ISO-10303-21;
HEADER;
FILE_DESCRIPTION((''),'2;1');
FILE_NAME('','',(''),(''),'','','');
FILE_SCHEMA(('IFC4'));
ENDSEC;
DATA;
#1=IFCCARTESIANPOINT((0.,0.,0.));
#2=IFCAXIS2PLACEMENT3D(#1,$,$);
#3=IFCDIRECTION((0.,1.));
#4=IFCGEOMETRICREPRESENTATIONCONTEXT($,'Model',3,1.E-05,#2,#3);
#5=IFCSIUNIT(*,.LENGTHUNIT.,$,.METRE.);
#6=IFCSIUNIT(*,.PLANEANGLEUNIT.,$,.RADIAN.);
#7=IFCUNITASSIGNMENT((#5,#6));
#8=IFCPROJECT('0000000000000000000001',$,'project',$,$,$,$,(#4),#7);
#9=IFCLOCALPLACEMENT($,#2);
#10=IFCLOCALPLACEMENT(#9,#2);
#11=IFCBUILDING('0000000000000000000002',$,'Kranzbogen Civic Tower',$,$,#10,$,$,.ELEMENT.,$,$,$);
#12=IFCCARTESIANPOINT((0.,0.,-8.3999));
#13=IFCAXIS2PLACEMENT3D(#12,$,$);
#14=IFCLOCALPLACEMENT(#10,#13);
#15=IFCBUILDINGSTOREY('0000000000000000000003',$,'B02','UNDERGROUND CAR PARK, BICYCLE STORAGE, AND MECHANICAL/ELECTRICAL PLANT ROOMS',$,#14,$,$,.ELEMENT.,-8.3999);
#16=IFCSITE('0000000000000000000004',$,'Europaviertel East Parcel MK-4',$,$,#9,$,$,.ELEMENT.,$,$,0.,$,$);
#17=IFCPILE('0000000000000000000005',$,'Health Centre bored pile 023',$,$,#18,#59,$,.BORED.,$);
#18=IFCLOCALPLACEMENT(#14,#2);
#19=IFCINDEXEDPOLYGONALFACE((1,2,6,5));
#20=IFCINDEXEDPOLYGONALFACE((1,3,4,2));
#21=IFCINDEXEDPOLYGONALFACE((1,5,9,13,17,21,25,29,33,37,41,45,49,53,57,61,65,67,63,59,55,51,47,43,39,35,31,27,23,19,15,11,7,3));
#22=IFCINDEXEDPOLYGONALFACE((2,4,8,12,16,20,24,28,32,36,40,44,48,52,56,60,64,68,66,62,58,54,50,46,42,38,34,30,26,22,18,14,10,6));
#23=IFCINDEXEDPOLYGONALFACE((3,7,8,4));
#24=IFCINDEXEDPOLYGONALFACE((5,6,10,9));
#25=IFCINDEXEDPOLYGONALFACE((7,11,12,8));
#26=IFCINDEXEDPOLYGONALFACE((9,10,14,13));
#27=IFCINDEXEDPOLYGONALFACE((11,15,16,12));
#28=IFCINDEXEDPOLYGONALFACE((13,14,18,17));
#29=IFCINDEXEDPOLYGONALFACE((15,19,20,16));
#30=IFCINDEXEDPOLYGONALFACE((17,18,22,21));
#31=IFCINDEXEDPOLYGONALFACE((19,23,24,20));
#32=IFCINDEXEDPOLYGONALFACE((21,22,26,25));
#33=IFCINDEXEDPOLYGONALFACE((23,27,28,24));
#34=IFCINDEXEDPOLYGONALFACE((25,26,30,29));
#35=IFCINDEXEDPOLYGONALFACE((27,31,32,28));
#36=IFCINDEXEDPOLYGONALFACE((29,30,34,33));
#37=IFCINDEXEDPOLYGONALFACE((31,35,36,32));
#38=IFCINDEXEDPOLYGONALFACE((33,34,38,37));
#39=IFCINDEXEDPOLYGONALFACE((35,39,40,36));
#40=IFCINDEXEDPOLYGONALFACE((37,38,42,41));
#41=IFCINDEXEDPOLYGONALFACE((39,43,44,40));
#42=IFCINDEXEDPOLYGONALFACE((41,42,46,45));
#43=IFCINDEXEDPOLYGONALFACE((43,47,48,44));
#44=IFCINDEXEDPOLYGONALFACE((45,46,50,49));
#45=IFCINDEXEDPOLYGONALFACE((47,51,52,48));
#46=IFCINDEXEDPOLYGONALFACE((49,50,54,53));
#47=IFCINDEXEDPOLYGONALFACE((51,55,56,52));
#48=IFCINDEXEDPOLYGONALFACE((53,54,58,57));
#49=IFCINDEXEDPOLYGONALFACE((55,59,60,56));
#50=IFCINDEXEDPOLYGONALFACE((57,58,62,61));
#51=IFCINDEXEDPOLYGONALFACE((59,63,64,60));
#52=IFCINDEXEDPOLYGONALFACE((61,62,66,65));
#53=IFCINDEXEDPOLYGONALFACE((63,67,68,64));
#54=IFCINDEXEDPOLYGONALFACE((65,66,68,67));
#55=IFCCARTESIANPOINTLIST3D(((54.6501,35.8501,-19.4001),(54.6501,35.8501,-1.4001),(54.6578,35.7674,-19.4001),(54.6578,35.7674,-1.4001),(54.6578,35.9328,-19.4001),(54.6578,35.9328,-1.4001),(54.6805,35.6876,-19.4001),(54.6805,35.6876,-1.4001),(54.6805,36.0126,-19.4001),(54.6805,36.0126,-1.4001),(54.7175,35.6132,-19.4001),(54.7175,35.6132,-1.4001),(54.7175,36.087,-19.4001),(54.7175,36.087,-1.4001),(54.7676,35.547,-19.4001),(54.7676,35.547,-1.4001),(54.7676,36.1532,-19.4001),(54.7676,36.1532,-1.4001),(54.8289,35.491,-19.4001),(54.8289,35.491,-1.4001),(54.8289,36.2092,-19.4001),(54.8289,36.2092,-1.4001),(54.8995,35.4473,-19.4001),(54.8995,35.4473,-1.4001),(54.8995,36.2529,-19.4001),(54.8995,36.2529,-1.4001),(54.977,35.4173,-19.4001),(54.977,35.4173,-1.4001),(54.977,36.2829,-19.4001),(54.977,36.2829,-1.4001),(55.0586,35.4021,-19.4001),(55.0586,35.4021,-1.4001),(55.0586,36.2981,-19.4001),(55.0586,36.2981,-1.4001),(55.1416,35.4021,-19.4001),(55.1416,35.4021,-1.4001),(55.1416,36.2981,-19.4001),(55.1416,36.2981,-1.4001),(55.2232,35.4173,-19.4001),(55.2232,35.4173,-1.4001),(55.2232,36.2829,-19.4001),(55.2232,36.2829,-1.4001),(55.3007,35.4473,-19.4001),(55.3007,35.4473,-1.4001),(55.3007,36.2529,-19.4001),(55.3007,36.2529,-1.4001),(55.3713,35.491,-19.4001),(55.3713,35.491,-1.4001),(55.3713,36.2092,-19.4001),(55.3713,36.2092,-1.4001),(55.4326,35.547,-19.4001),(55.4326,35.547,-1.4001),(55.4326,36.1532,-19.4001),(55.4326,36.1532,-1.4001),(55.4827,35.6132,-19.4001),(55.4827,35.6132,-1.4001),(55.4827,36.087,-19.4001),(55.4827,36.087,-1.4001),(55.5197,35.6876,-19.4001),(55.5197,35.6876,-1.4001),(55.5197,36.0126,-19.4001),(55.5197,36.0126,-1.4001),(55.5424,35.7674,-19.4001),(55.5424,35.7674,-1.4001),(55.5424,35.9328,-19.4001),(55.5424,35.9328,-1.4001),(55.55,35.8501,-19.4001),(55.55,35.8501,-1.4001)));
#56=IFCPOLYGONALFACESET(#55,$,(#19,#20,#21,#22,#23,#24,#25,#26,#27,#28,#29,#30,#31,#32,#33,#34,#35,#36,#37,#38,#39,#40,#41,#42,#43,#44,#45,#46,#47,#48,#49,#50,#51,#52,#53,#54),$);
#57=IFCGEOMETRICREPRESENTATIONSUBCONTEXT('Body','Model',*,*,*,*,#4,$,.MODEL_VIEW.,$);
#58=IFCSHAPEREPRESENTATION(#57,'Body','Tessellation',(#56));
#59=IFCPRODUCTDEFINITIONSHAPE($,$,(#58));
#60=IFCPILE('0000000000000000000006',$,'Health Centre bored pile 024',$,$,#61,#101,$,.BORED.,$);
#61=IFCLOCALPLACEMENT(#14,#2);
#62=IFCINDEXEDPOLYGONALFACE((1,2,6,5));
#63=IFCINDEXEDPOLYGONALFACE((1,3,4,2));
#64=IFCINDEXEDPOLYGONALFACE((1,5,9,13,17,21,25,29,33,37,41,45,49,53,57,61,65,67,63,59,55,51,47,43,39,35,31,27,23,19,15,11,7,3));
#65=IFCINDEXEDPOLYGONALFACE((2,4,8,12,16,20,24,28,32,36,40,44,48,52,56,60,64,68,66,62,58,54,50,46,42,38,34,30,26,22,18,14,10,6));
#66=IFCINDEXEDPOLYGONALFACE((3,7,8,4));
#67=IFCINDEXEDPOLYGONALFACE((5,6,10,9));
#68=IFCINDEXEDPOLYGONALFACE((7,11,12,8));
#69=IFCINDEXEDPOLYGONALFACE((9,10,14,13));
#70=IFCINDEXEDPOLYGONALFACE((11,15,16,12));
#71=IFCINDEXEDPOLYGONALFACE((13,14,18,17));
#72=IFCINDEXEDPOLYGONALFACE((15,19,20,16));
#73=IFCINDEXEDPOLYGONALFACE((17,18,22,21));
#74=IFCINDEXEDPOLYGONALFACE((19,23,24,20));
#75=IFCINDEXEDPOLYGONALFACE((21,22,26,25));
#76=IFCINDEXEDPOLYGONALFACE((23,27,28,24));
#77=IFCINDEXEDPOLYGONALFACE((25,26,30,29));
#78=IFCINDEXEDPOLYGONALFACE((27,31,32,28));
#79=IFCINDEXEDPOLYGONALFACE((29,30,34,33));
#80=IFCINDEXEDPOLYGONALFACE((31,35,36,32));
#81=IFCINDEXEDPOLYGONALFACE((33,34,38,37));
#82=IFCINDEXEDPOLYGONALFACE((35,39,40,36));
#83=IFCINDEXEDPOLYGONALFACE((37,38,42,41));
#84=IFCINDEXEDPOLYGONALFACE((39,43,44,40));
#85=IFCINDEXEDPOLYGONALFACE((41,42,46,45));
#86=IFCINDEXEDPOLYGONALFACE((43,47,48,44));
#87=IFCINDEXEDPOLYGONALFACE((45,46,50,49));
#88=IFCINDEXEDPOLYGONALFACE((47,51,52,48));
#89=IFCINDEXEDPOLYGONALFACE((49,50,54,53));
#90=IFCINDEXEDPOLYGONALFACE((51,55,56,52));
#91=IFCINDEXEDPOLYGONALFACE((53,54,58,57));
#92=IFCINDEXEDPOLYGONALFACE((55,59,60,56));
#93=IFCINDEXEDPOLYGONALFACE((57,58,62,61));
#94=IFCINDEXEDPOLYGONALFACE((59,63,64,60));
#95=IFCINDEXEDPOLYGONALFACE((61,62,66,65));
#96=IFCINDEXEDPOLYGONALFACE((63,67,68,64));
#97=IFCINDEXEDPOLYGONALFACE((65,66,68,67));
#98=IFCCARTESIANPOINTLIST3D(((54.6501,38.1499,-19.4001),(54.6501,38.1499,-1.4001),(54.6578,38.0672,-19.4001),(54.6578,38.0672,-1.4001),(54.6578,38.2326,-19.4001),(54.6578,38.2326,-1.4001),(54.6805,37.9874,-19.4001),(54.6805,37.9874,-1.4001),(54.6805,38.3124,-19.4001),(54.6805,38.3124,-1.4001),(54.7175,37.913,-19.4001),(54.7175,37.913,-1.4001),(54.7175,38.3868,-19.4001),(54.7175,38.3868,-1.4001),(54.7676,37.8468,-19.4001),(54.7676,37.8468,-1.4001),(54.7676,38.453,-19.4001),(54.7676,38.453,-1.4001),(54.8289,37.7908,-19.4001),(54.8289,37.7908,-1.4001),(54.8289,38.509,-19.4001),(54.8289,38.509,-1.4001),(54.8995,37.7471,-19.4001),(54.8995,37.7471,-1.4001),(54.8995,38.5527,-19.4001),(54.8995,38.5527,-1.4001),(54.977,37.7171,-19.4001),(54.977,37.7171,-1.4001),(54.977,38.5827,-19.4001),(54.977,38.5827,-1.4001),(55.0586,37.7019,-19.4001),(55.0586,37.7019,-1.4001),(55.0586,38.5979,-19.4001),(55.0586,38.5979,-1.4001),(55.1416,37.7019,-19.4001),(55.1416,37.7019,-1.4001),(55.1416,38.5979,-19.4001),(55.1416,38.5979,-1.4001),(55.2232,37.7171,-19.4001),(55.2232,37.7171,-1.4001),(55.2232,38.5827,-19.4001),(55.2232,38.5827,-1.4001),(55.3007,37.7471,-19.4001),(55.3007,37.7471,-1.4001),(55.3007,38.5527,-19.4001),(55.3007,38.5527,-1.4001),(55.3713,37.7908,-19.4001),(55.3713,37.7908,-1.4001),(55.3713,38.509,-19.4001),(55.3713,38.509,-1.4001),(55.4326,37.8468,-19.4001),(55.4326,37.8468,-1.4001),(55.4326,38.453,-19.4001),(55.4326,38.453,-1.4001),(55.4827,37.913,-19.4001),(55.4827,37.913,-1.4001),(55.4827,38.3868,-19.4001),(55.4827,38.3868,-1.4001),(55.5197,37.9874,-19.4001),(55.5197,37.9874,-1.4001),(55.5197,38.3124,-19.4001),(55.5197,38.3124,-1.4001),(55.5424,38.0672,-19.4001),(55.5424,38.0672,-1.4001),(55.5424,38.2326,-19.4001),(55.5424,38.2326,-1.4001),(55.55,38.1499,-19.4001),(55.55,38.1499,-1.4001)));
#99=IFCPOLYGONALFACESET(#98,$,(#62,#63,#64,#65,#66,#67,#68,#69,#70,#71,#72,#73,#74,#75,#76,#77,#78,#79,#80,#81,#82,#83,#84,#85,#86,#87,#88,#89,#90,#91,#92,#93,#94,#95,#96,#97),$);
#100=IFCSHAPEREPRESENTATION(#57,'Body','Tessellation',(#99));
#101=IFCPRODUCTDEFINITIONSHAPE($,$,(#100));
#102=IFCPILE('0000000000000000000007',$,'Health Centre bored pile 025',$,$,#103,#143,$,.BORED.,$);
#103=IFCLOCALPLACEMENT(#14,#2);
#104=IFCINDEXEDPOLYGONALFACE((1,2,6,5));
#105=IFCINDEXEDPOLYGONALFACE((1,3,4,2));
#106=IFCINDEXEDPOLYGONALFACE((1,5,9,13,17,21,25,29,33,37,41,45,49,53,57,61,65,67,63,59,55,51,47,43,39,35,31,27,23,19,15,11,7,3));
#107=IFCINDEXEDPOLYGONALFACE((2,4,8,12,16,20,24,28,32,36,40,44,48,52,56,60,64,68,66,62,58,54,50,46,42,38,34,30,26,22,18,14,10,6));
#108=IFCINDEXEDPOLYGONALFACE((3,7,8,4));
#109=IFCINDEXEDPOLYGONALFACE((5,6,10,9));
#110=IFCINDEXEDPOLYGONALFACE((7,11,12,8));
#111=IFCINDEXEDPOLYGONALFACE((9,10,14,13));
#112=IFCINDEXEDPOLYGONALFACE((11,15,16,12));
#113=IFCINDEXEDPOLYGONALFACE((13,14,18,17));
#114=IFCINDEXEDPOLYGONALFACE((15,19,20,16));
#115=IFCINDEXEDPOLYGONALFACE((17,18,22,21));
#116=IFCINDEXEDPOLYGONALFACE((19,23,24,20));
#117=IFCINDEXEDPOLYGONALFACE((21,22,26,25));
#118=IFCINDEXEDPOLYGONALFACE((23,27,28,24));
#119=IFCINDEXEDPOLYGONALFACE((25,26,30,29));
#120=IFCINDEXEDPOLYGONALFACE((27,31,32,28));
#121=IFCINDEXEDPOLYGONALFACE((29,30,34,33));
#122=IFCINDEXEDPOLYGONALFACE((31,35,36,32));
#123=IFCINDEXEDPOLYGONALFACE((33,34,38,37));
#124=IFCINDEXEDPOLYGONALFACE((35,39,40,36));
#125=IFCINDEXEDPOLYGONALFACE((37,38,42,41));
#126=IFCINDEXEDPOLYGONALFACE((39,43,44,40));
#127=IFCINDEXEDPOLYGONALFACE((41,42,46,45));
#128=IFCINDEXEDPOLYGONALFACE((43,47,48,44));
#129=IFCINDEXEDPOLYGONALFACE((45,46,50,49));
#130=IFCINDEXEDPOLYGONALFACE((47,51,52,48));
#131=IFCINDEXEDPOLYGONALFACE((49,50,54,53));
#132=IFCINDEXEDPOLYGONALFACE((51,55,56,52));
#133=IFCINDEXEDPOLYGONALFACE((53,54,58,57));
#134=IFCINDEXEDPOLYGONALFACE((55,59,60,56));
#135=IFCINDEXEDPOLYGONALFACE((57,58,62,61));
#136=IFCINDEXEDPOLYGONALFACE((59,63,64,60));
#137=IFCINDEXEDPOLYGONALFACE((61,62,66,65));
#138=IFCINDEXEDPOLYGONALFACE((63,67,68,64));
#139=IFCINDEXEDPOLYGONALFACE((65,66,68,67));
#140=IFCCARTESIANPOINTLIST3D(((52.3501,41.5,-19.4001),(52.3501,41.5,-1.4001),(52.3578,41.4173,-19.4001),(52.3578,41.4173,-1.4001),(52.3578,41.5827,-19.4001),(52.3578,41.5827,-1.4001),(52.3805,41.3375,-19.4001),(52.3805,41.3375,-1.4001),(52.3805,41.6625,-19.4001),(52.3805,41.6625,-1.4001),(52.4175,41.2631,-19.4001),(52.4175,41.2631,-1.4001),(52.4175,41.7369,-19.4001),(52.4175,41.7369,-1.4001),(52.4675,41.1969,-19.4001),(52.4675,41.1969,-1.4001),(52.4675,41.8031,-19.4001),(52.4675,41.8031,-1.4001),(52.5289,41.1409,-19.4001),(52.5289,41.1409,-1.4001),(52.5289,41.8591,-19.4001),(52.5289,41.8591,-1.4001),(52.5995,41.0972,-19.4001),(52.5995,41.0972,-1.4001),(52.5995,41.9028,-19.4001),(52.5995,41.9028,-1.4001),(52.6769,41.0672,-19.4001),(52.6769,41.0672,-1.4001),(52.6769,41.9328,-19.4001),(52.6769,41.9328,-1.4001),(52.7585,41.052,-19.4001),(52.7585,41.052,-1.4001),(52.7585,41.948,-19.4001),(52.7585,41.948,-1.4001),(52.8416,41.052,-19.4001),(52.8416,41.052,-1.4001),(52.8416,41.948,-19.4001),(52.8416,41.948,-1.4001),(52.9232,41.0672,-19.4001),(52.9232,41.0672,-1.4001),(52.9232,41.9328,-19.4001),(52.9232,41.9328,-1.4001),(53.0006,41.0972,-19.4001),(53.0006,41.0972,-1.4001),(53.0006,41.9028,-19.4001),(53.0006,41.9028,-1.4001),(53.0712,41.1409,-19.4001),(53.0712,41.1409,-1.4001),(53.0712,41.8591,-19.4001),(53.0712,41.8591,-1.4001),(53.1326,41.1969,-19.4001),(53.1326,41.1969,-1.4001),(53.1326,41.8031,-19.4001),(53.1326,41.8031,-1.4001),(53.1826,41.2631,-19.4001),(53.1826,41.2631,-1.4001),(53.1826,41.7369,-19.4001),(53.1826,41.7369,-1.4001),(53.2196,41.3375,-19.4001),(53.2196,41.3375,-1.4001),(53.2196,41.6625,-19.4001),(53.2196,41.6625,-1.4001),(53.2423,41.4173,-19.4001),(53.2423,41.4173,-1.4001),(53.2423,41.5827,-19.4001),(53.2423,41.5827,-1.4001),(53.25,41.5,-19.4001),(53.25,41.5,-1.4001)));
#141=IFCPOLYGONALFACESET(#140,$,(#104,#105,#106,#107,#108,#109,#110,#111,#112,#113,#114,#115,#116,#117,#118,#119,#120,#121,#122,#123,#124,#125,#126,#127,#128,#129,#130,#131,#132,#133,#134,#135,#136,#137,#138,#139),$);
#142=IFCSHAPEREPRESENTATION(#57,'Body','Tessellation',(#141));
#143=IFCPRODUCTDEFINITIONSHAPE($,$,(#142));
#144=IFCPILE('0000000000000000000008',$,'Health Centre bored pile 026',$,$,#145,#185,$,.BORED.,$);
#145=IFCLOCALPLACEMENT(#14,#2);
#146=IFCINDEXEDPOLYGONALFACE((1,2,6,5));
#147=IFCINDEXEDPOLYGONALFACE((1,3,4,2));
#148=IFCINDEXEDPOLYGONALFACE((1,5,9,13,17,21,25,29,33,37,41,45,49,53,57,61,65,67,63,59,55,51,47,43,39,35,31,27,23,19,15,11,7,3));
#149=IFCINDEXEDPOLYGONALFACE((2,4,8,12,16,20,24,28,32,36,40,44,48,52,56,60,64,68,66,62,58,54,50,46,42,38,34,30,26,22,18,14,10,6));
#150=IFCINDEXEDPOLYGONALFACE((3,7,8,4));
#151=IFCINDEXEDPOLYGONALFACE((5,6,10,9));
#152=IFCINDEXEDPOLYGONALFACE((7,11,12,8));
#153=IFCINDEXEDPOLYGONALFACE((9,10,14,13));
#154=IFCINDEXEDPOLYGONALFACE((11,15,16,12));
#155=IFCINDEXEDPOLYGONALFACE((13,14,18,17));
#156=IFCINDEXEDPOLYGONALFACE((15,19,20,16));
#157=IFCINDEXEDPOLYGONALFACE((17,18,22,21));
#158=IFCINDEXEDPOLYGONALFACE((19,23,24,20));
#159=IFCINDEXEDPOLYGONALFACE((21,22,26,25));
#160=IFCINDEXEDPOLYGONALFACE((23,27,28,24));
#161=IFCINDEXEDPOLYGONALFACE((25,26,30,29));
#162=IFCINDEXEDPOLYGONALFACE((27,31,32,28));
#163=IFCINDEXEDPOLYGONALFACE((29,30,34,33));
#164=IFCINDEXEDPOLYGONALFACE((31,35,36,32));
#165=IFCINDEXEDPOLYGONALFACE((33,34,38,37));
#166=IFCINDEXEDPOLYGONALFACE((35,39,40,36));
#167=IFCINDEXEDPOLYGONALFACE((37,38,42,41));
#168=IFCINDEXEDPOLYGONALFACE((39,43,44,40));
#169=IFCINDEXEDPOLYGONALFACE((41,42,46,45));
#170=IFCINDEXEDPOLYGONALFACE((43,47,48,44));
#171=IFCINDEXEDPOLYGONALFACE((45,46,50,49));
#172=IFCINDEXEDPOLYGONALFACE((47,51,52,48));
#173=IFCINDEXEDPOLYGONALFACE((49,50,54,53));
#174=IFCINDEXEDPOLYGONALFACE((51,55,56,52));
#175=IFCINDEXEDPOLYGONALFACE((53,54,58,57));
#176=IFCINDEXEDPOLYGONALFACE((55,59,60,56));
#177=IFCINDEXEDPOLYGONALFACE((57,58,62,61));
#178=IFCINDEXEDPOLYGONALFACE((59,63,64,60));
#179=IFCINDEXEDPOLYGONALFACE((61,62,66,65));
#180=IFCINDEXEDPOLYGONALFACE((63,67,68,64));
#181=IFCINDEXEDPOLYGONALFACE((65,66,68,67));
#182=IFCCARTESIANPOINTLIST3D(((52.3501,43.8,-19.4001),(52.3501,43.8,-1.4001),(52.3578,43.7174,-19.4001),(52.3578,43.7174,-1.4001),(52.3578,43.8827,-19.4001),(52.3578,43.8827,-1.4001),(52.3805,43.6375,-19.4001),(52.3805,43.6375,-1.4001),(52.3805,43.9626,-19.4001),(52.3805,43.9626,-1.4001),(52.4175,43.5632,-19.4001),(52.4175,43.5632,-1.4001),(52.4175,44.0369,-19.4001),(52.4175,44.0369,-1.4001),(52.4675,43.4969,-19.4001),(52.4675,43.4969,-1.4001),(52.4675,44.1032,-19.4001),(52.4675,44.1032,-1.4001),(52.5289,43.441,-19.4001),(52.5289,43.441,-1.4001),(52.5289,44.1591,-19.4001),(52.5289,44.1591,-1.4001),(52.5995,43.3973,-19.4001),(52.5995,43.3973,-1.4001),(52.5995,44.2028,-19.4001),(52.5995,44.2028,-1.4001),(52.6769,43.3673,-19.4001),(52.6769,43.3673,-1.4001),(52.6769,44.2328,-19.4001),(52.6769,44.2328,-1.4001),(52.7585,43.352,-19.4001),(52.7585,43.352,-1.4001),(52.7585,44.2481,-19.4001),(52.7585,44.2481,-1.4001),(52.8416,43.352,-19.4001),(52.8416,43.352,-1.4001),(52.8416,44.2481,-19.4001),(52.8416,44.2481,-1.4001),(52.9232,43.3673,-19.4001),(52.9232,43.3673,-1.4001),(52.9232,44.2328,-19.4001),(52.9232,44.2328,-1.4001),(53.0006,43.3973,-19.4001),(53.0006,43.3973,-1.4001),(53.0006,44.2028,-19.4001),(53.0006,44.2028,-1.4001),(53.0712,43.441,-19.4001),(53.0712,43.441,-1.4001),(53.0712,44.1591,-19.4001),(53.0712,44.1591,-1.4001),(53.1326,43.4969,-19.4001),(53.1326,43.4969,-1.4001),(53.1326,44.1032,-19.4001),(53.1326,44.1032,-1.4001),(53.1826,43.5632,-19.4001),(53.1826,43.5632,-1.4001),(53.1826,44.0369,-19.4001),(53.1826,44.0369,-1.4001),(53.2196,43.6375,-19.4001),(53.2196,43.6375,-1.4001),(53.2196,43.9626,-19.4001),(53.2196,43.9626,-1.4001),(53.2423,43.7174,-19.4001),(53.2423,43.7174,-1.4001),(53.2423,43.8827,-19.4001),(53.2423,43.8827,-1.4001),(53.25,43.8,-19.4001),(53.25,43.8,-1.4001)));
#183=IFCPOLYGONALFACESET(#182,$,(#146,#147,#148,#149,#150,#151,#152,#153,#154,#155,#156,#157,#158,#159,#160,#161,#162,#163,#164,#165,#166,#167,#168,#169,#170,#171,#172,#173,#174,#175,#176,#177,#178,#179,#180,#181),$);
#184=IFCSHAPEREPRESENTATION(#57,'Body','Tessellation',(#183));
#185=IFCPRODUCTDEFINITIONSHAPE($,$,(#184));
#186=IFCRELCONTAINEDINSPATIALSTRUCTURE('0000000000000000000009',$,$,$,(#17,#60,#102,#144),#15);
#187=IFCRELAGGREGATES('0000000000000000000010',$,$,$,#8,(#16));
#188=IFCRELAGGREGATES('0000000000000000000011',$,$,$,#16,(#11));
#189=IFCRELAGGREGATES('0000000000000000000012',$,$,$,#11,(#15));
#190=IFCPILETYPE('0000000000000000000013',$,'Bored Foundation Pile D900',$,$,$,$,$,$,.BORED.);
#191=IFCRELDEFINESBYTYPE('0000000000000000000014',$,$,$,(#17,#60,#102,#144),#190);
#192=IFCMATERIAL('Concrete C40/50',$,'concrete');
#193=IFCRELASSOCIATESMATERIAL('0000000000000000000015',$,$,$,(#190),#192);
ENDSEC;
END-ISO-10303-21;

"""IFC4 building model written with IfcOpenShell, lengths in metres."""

from ifc_helpers import new_model, si_unit, direction, frame, origin, origin_2d, place, context, subcontext, project, spatial, circle, extrude, material, material_profile, profile_set, type_object, element, save


model = new_model("IFC4")

# Units and contexts
model_context = context("Model", 3, precision=1e-05, world=origin(), true_north=direction((0.0, 1.0)))
body_context = subcontext(model_context, "Body", "Model", "MODEL_VIEW")
ifc_project = project(units=[si_unit("LENGTHUNIT", "METRE"), si_unit("PLANEANGLEUNIT", "RADIAN")], contexts=[model_context])

# Site, building, storey
site_placement = place(None, origin())
site = spatial("IfcSite", under=ifc_project, at=site_placement, Name="Europaviertel East Parcel MK-4", CompositionType="ELEMENT", RefElevation=0.0)
building_placement = place(site_placement, origin())
building = spatial("IfcBuilding", under=site, at=building_placement, Name="Kranzbogen Civic Tower", CompositionType="ELEMENT")
storey_placement = place(building_placement, frame((0.0, 0.0, -8.3999)))
storey = spatial("IfcBuildingStorey", under=building, at=storey_placement, Name="B02", Description="UNDERGROUND CAR PARK, BICYCLE STORAGE, AND MECHANICAL/ELECTRICAL PLANT ROOMS", CompositionType="ELEMENT", Elevation=-8.3999)

# Piles
ifc_material_1 = material(Name="Concrete C40/50", Category="concrete")
ifc_material_profile_1 = material_profile(ifc_material_1, circle(Radius=0.45, at=origin_2d()), Name="PILE D900")
ifc_profile_set_1 = profile_set([ifc_material_profile_1], Name="Concrete C40/50")
pile_type_1 = type_object("IfcPileType", Name="Bored Foundation Pile D900", PredefinedType="BORED", material=ifc_profile_set_1)
for number, where, z_axis, x_axis, name in (
    (1, (55.1001, 35.8501, -1.4001), (0.0, 0.0, -1.0), (1.0, 0.0, 0.0), "Health Centre bored pile 023"),
    (2, (55.1001, 38.1499, -1.4001), (0.0, 0.0, -1.0), (1.0, 0.0, 0.0), "Health Centre bored pile 024"),
    (3, (52.8, 41.5, -1.4001), (0.0, 0.0, -1.0), (1.0, 0.0, 0.0), "Health Centre bored pile 025"),
    (4, (52.8, 43.8, -1.4001), (0.0, 0.0, -1.0), (1.0, 0.0, 0.0), "Health Centre bored pile 026"),
):
    element("IfcPile", number, at=place(storey_placement, frame(where, z_axis=z_axis, x_axis=x_axis)), inside=storey, type_object=pile_type_1, Name=name, PredefinedType="BORED", context=body_context, shape_type="SweptSolid", body=[
        extrude(circle(Radius=0.45, at=origin_2d()), origin(), (0.0, 0.0, 1.0), 18.0),
    ])

save(model, "model.ifc")
